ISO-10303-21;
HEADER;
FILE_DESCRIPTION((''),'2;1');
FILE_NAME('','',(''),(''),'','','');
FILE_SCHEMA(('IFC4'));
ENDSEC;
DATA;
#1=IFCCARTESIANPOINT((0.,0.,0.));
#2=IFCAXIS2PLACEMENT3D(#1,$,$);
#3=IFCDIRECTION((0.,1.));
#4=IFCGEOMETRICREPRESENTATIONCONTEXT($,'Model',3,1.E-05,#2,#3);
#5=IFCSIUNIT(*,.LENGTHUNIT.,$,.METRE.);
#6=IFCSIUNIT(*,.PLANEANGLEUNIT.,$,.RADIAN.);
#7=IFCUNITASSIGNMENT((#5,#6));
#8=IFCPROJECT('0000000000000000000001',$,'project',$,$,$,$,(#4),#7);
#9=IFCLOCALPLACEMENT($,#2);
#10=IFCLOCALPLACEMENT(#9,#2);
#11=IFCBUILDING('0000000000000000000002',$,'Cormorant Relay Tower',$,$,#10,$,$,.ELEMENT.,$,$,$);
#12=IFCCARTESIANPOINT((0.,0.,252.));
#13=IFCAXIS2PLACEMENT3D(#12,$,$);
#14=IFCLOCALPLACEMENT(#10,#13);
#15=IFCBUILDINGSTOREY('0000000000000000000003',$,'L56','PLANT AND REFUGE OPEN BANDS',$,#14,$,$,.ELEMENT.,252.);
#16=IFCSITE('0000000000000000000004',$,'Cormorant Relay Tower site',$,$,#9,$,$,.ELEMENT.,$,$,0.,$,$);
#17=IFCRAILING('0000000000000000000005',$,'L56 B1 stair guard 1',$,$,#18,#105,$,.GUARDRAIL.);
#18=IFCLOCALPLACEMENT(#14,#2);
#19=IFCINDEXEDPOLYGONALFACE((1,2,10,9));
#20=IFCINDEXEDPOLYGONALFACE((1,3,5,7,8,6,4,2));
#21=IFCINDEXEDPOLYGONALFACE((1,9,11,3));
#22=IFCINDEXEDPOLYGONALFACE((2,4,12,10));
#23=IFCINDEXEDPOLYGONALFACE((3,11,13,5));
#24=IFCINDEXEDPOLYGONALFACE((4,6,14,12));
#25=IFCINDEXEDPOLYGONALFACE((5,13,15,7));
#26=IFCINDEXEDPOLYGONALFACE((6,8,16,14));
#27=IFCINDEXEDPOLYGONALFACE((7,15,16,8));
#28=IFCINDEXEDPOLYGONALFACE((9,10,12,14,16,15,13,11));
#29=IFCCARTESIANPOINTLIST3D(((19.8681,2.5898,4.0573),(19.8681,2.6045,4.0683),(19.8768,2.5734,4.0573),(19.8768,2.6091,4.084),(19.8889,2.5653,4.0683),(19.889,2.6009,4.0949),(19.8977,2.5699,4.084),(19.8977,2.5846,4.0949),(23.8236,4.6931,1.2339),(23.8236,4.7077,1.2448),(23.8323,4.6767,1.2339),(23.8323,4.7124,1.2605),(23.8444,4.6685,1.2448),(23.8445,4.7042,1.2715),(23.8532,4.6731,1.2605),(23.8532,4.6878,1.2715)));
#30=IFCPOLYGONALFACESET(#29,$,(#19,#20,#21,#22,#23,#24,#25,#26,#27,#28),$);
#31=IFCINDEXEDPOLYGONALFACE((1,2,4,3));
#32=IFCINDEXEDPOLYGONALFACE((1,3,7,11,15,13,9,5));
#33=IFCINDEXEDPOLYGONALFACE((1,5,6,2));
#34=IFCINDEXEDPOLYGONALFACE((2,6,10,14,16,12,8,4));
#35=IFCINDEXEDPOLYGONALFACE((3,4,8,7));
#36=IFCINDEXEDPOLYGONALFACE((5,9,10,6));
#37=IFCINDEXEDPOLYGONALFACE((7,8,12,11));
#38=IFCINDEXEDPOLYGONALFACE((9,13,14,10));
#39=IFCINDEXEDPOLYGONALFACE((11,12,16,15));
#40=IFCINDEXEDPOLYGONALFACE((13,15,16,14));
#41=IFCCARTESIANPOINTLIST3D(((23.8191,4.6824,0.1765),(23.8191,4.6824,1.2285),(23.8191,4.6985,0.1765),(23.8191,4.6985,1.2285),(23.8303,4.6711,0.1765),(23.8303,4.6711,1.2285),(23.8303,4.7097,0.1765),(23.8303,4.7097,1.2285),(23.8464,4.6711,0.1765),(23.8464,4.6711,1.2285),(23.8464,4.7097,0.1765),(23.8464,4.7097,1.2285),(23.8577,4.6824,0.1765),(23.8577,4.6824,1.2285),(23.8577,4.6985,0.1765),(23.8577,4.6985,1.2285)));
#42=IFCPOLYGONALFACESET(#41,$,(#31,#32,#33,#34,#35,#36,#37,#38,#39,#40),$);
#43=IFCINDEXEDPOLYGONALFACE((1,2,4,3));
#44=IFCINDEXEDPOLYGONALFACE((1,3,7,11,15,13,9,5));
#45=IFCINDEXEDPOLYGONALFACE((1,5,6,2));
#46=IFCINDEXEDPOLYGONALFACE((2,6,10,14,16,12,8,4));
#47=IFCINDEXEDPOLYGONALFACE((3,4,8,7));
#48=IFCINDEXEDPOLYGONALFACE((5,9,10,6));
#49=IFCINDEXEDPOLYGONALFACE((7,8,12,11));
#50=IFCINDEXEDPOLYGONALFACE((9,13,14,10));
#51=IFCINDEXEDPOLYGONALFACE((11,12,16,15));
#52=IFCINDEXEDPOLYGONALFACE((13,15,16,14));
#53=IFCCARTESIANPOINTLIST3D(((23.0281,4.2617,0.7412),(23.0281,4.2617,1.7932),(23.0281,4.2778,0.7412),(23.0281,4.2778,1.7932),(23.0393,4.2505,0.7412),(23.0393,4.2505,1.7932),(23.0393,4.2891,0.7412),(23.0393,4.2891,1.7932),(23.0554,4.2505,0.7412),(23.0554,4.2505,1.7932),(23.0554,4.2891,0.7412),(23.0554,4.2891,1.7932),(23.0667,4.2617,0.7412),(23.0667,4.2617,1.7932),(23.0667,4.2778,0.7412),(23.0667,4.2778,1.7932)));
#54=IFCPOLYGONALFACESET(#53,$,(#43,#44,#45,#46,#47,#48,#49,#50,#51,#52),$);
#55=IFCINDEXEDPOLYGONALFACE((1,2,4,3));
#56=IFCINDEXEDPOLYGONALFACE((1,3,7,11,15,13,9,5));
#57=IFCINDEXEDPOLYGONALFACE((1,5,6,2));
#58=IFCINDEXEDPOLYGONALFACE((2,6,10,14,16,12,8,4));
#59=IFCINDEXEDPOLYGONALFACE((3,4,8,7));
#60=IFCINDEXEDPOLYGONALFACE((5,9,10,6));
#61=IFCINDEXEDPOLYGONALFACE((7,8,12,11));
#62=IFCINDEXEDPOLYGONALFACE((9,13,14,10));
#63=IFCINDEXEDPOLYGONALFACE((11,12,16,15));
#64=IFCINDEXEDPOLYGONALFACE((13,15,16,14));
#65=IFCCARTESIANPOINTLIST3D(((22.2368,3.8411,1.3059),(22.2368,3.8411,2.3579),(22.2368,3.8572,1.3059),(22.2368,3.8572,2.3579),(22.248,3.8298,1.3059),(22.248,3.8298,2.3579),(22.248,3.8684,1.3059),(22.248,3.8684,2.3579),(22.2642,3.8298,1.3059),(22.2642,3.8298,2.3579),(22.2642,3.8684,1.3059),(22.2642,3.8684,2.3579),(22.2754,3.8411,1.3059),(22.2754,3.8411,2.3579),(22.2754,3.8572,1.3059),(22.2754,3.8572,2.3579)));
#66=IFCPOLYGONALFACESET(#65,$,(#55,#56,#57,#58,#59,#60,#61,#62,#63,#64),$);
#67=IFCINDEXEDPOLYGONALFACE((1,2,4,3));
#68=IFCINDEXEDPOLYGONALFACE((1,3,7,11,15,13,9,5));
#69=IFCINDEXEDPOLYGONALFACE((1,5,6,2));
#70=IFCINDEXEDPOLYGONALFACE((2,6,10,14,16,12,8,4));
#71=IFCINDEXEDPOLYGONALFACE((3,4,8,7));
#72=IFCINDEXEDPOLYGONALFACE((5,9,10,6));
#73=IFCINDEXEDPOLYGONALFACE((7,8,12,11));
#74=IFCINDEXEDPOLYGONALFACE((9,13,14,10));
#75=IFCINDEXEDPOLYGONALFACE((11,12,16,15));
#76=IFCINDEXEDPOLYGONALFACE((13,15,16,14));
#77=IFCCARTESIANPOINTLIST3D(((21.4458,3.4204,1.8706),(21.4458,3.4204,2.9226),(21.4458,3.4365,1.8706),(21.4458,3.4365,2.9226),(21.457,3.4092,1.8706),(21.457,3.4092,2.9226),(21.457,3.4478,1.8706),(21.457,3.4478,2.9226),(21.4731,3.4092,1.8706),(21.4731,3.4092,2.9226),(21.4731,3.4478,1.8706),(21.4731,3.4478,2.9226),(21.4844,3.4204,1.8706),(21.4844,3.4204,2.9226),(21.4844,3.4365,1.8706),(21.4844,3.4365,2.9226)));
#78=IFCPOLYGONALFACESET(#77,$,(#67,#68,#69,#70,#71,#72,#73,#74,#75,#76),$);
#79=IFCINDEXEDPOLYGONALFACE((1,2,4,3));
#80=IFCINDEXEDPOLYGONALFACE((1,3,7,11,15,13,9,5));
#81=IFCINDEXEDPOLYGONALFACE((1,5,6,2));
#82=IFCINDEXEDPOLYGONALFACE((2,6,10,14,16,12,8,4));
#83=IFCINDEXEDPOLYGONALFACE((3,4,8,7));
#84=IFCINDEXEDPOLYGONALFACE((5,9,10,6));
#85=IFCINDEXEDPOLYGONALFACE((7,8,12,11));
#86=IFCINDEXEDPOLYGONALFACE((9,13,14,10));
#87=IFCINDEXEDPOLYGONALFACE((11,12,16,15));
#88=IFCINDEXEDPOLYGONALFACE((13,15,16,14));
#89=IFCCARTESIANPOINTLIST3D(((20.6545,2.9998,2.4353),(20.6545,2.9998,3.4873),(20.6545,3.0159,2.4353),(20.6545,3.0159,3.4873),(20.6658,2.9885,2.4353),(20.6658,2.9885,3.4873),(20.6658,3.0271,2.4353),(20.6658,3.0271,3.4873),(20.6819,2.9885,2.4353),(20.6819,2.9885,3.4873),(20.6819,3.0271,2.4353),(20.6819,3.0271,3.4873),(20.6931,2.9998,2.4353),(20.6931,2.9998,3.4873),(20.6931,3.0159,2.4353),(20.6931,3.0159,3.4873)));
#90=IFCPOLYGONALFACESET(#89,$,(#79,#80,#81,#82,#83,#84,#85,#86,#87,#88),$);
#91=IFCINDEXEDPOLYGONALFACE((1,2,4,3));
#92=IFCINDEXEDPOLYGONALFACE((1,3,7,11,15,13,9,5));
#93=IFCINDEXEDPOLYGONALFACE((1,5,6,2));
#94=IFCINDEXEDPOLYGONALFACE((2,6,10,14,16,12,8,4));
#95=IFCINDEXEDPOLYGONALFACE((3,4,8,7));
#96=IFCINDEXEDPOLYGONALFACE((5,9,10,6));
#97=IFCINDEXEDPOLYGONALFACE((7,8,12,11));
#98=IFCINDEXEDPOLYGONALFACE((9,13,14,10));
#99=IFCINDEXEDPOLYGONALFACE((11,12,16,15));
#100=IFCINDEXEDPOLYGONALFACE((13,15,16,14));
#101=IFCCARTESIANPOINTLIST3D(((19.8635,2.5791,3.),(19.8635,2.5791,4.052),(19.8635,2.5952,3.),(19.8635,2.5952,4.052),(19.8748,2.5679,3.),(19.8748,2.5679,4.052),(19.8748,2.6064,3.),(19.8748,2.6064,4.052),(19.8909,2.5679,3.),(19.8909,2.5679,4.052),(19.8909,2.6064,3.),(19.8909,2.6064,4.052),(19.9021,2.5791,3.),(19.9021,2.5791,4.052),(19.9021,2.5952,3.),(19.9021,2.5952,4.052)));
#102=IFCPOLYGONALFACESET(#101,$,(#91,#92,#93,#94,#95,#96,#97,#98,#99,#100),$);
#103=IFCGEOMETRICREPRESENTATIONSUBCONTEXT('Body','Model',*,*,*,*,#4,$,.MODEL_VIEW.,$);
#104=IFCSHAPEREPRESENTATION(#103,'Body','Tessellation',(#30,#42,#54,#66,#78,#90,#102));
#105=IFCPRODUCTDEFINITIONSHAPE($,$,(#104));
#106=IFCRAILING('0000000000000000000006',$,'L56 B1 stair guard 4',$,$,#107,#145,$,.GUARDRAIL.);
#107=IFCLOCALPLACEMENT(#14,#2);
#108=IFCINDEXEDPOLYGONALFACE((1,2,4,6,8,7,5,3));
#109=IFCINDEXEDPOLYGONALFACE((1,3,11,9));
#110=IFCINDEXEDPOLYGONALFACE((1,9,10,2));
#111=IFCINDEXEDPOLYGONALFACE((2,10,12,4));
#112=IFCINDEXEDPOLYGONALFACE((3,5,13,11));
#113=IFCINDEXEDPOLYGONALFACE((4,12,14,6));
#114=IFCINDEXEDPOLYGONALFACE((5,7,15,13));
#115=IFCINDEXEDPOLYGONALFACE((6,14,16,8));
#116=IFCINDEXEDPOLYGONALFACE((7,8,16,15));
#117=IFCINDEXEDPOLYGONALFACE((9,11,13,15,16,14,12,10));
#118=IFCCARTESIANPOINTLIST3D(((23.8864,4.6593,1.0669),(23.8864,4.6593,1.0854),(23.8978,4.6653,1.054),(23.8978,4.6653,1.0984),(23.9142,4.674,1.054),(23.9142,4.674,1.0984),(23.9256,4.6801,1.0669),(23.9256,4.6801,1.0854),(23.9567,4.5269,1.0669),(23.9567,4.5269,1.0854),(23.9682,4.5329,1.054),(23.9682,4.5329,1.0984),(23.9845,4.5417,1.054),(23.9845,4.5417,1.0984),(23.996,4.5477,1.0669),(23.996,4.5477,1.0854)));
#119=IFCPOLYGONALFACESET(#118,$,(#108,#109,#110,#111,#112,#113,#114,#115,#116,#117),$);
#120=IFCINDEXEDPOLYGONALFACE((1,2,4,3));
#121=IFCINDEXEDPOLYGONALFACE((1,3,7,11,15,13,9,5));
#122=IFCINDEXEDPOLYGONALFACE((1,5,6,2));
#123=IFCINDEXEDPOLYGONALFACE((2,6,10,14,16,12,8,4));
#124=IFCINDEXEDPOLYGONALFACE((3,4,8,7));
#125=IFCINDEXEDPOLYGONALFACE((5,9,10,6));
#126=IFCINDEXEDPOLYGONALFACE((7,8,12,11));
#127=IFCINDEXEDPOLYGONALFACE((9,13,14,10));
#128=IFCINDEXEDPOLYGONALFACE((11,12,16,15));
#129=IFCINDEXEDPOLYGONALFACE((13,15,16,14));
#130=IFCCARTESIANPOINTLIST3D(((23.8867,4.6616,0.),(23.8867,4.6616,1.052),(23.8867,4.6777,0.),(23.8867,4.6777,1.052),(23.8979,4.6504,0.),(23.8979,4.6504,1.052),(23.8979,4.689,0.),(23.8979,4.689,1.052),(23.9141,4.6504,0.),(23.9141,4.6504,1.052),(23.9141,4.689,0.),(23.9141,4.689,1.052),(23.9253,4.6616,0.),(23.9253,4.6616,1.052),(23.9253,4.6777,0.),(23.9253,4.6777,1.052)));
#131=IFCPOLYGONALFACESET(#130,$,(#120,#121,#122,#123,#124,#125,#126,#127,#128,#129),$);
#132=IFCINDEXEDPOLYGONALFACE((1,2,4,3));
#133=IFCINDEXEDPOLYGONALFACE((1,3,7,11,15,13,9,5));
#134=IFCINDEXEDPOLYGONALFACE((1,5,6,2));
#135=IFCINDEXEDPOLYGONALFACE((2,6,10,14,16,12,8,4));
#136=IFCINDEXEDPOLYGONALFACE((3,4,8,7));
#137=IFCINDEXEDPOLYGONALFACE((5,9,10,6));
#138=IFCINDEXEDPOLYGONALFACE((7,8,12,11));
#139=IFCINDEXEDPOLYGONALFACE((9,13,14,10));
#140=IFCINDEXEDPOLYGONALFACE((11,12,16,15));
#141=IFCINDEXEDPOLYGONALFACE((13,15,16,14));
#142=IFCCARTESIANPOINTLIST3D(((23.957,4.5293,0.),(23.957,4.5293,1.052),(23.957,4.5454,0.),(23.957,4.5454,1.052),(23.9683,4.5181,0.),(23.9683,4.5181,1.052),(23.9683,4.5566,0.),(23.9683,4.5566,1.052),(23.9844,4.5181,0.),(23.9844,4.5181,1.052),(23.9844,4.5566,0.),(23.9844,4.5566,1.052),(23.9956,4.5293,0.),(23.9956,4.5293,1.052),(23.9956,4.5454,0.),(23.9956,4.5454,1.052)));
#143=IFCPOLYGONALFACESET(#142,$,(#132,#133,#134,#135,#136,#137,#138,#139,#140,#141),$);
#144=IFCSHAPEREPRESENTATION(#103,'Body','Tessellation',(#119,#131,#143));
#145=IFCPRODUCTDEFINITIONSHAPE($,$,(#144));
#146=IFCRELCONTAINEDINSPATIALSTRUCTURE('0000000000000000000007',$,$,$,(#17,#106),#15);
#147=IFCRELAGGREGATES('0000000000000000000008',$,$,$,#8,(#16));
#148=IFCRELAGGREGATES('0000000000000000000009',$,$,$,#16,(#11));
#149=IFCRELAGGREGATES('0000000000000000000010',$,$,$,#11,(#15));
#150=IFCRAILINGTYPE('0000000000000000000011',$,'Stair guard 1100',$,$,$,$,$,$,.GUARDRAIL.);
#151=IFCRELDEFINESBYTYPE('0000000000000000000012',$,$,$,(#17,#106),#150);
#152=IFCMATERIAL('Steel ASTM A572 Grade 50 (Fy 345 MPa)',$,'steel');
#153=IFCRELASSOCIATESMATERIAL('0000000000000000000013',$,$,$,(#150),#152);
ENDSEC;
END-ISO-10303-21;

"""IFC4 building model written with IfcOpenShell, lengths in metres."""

from ifc_helpers import new_model, si_unit, direction, frame, origin, place, context, subcontext, project, spatial, polyline, outline, extrude, material, type_object, element, save


model = new_model("IFC4")

# Units and contexts
model_context = context("Model", 3, precision=1e-05, world=origin(), true_north=direction((0.0, 1.0)))
body_context = subcontext(model_context, "Body", "Model", "MODEL_VIEW")
ifc_project = project(units=[si_unit("LENGTHUNIT", "METRE"), si_unit("PLANEANGLEUNIT", "RADIAN")], contexts=[model_context])

# Site, building, storey
site_placement = place(None, origin())
site = spatial("IfcSite", under=ifc_project, at=site_placement, Name="Cormorant Relay Tower site", CompositionType="ELEMENT", RefElevation=0.0)
building_placement = place(site_placement, origin())
building = spatial("IfcBuilding", under=site, at=building_placement, Name="Cormorant Relay Tower", CompositionType="ELEMENT")
storey_placement = place(building_placement, frame((0.0, 0.0, 252.0)))
storey = spatial("IfcBuildingStorey", under=building, at=storey_placement, Name="L56", Description="PLANT AND REFUGE OPEN BANDS", CompositionType="ELEMENT", Elevation=252.0)

# Railings
ifc_material_1 = material(Name="Steel ASTM A572 Grade 50 (Fy 345 MPa)", Category="steel")
railing_type_1 = type_object("IfcRailingType", Name="Stair guard 1100", PredefinedType="GUARDRAIL", material=ifc_material_1)
railing_1_placement = place(storey_placement, frame((23.8384, 4.6904, 0.1765)))
element("IfcRailing", 1, at=railing_1_placement, inside=storey, type_object=railing_type_1, Name="L56 B1 stair guard 1", PredefinedType="GUARDRAIL", context=body_context, shape_type="SweptSolid", body=[
    extrude(outline(polyline([(0.0222, 0.0093), (0.0093, 0.0222), (-0.0093, 0.0222), (-0.0222, 0.0093), (-0.0222, -0.0093), (-0.0093, -0.0222), (0.0093, -0.0222), (0.0222, -0.0093), (0.0222, 0.0093)])), frame((0.0, 0.0, 1.0762), z_axis=(-0.746967, -0.397181, 0.533186), x_axis=(0.469482, -0.882942, 0.0)), (0.0, 0.0, 1.0), 5.2954),
    extrude(outline(polyline([(0.0193, 0.0081), (0.0081, 0.0193), (-0.0081, 0.0193), (-0.0193, 0.0081), (-0.0193, -0.0081), (-0.0081, -0.0193), (0.0081, -0.0193), (0.0193, -0.0081), (0.0193, 0.0081)])), origin(), (0.0, 0.0, 1.0), 1.052),
    extrude(outline(polyline([(0.0193, 0.0081), (0.0081, 0.0193), (-0.0081, 0.0193), (-0.0193, 0.0081), (-0.0193, -0.0081), (-0.0081, -0.0193), (0.0081, -0.0193), (0.0193, -0.0081), (0.0193, 0.0081)])), frame((-0.791, -0.4207, 0.5647)), (0.0, 0.0, 1.0), 1.052),
    extrude(outline(polyline([(0.0193, 0.0081), (0.0081, 0.0193), (-0.0081, 0.0193), (-0.0193, 0.0081), (-0.0193, -0.0081), (-0.0081, -0.0193), (0.0081, -0.0193), (0.0193, -0.0081), (0.0193, 0.0081)])), frame((-1.5823, -0.8413, 1.1294)), (0.0, 0.0, 1.0), 1.052),
    extrude(outline(polyline([(0.0193, 0.0081), (0.0081, 0.0193), (-0.0081, 0.0193), (-0.0193, 0.0081), (-0.0193, -0.0081), (-0.0081, -0.0193), (0.0081, -0.0193), (0.0193, -0.0081), (0.0193, 0.0081)])), frame((-2.3733, -1.262, 1.6941)), (0.0, 0.0, 1.0), 1.052),
    extrude(outline(polyline([(0.0193, 0.0081), (0.0081, 0.0193), (-0.0081, 0.0193), (-0.0193, 0.0081), (-0.0193, -0.0081), (-0.0081, -0.0193), (0.0081, -0.0193), (0.0193, -0.0081), (0.0193, 0.0081)])), frame((-3.1646, -1.6826, 2.2588)), (0.0, 0.0, 1.0), 1.052),
    extrude(outline(polyline([(0.0193, 0.0081), (0.0081, 0.0193), (-0.0081, 0.0193), (-0.0193, 0.0081), (-0.0193, -0.0081), (-0.0081, -0.0193), (0.0081, -0.0193), (0.0193, -0.0081), (0.0193, 0.0081)])), frame((-3.9556, -2.1033, 2.8235)), (0.0, 0.0, 1.0), 1.052),
])
railing_2_placement = place(storey_placement, frame((23.906, 4.6697, 0.0)))
element("IfcRailing", 2, at=railing_2_placement, inside=storey, type_object=railing_type_1, Name="L56 B1 stair guard 4", PredefinedType="GUARDRAIL", context=body_context, shape_type="SweptSolid", body=[
    extrude(outline(polyline([(0.0222, 0.0093), (0.0093, 0.0222), (-0.0093, 0.0222), (-0.0222, 0.0093), (-0.0222, -0.0093), (-0.0093, -0.0222), (0.0093, -0.0222), (0.0222, -0.0093), (0.0222, 0.0093)])), frame((0.0, 0.0, 1.0762), z_axis=(0.469235, -0.883074, 0.0), x_axis=(0.883074, 0.469235, 0.0)), (0.0, 0.0, 1.0), 0.1499),
    extrude(outline(polyline([(0.0193, 0.0081), (0.0081, 0.0193), (-0.0081, 0.0193), (-0.0193, 0.0081), (-0.0193, -0.0081), (-0.0081, -0.0193), (0.0081, -0.0193), (0.0193, -0.0081), (0.0193, 0.0081)])), origin(), (0.0, 0.0, 1.0), 1.052),
    extrude(outline(polyline([(0.0193, 0.0081), (0.0081, 0.0193), (-0.0081, 0.0193), (-0.0193, 0.0081), (-0.0193, -0.0081), (-0.0081, -0.0193), (0.0081, -0.0193), (0.0193, -0.0081), (0.0193, 0.0081)])), frame((0.0703, -0.1323, 0.0)), (0.0, 0.0, 1.0), 1.052),
])

save(model, "model.ifc")
